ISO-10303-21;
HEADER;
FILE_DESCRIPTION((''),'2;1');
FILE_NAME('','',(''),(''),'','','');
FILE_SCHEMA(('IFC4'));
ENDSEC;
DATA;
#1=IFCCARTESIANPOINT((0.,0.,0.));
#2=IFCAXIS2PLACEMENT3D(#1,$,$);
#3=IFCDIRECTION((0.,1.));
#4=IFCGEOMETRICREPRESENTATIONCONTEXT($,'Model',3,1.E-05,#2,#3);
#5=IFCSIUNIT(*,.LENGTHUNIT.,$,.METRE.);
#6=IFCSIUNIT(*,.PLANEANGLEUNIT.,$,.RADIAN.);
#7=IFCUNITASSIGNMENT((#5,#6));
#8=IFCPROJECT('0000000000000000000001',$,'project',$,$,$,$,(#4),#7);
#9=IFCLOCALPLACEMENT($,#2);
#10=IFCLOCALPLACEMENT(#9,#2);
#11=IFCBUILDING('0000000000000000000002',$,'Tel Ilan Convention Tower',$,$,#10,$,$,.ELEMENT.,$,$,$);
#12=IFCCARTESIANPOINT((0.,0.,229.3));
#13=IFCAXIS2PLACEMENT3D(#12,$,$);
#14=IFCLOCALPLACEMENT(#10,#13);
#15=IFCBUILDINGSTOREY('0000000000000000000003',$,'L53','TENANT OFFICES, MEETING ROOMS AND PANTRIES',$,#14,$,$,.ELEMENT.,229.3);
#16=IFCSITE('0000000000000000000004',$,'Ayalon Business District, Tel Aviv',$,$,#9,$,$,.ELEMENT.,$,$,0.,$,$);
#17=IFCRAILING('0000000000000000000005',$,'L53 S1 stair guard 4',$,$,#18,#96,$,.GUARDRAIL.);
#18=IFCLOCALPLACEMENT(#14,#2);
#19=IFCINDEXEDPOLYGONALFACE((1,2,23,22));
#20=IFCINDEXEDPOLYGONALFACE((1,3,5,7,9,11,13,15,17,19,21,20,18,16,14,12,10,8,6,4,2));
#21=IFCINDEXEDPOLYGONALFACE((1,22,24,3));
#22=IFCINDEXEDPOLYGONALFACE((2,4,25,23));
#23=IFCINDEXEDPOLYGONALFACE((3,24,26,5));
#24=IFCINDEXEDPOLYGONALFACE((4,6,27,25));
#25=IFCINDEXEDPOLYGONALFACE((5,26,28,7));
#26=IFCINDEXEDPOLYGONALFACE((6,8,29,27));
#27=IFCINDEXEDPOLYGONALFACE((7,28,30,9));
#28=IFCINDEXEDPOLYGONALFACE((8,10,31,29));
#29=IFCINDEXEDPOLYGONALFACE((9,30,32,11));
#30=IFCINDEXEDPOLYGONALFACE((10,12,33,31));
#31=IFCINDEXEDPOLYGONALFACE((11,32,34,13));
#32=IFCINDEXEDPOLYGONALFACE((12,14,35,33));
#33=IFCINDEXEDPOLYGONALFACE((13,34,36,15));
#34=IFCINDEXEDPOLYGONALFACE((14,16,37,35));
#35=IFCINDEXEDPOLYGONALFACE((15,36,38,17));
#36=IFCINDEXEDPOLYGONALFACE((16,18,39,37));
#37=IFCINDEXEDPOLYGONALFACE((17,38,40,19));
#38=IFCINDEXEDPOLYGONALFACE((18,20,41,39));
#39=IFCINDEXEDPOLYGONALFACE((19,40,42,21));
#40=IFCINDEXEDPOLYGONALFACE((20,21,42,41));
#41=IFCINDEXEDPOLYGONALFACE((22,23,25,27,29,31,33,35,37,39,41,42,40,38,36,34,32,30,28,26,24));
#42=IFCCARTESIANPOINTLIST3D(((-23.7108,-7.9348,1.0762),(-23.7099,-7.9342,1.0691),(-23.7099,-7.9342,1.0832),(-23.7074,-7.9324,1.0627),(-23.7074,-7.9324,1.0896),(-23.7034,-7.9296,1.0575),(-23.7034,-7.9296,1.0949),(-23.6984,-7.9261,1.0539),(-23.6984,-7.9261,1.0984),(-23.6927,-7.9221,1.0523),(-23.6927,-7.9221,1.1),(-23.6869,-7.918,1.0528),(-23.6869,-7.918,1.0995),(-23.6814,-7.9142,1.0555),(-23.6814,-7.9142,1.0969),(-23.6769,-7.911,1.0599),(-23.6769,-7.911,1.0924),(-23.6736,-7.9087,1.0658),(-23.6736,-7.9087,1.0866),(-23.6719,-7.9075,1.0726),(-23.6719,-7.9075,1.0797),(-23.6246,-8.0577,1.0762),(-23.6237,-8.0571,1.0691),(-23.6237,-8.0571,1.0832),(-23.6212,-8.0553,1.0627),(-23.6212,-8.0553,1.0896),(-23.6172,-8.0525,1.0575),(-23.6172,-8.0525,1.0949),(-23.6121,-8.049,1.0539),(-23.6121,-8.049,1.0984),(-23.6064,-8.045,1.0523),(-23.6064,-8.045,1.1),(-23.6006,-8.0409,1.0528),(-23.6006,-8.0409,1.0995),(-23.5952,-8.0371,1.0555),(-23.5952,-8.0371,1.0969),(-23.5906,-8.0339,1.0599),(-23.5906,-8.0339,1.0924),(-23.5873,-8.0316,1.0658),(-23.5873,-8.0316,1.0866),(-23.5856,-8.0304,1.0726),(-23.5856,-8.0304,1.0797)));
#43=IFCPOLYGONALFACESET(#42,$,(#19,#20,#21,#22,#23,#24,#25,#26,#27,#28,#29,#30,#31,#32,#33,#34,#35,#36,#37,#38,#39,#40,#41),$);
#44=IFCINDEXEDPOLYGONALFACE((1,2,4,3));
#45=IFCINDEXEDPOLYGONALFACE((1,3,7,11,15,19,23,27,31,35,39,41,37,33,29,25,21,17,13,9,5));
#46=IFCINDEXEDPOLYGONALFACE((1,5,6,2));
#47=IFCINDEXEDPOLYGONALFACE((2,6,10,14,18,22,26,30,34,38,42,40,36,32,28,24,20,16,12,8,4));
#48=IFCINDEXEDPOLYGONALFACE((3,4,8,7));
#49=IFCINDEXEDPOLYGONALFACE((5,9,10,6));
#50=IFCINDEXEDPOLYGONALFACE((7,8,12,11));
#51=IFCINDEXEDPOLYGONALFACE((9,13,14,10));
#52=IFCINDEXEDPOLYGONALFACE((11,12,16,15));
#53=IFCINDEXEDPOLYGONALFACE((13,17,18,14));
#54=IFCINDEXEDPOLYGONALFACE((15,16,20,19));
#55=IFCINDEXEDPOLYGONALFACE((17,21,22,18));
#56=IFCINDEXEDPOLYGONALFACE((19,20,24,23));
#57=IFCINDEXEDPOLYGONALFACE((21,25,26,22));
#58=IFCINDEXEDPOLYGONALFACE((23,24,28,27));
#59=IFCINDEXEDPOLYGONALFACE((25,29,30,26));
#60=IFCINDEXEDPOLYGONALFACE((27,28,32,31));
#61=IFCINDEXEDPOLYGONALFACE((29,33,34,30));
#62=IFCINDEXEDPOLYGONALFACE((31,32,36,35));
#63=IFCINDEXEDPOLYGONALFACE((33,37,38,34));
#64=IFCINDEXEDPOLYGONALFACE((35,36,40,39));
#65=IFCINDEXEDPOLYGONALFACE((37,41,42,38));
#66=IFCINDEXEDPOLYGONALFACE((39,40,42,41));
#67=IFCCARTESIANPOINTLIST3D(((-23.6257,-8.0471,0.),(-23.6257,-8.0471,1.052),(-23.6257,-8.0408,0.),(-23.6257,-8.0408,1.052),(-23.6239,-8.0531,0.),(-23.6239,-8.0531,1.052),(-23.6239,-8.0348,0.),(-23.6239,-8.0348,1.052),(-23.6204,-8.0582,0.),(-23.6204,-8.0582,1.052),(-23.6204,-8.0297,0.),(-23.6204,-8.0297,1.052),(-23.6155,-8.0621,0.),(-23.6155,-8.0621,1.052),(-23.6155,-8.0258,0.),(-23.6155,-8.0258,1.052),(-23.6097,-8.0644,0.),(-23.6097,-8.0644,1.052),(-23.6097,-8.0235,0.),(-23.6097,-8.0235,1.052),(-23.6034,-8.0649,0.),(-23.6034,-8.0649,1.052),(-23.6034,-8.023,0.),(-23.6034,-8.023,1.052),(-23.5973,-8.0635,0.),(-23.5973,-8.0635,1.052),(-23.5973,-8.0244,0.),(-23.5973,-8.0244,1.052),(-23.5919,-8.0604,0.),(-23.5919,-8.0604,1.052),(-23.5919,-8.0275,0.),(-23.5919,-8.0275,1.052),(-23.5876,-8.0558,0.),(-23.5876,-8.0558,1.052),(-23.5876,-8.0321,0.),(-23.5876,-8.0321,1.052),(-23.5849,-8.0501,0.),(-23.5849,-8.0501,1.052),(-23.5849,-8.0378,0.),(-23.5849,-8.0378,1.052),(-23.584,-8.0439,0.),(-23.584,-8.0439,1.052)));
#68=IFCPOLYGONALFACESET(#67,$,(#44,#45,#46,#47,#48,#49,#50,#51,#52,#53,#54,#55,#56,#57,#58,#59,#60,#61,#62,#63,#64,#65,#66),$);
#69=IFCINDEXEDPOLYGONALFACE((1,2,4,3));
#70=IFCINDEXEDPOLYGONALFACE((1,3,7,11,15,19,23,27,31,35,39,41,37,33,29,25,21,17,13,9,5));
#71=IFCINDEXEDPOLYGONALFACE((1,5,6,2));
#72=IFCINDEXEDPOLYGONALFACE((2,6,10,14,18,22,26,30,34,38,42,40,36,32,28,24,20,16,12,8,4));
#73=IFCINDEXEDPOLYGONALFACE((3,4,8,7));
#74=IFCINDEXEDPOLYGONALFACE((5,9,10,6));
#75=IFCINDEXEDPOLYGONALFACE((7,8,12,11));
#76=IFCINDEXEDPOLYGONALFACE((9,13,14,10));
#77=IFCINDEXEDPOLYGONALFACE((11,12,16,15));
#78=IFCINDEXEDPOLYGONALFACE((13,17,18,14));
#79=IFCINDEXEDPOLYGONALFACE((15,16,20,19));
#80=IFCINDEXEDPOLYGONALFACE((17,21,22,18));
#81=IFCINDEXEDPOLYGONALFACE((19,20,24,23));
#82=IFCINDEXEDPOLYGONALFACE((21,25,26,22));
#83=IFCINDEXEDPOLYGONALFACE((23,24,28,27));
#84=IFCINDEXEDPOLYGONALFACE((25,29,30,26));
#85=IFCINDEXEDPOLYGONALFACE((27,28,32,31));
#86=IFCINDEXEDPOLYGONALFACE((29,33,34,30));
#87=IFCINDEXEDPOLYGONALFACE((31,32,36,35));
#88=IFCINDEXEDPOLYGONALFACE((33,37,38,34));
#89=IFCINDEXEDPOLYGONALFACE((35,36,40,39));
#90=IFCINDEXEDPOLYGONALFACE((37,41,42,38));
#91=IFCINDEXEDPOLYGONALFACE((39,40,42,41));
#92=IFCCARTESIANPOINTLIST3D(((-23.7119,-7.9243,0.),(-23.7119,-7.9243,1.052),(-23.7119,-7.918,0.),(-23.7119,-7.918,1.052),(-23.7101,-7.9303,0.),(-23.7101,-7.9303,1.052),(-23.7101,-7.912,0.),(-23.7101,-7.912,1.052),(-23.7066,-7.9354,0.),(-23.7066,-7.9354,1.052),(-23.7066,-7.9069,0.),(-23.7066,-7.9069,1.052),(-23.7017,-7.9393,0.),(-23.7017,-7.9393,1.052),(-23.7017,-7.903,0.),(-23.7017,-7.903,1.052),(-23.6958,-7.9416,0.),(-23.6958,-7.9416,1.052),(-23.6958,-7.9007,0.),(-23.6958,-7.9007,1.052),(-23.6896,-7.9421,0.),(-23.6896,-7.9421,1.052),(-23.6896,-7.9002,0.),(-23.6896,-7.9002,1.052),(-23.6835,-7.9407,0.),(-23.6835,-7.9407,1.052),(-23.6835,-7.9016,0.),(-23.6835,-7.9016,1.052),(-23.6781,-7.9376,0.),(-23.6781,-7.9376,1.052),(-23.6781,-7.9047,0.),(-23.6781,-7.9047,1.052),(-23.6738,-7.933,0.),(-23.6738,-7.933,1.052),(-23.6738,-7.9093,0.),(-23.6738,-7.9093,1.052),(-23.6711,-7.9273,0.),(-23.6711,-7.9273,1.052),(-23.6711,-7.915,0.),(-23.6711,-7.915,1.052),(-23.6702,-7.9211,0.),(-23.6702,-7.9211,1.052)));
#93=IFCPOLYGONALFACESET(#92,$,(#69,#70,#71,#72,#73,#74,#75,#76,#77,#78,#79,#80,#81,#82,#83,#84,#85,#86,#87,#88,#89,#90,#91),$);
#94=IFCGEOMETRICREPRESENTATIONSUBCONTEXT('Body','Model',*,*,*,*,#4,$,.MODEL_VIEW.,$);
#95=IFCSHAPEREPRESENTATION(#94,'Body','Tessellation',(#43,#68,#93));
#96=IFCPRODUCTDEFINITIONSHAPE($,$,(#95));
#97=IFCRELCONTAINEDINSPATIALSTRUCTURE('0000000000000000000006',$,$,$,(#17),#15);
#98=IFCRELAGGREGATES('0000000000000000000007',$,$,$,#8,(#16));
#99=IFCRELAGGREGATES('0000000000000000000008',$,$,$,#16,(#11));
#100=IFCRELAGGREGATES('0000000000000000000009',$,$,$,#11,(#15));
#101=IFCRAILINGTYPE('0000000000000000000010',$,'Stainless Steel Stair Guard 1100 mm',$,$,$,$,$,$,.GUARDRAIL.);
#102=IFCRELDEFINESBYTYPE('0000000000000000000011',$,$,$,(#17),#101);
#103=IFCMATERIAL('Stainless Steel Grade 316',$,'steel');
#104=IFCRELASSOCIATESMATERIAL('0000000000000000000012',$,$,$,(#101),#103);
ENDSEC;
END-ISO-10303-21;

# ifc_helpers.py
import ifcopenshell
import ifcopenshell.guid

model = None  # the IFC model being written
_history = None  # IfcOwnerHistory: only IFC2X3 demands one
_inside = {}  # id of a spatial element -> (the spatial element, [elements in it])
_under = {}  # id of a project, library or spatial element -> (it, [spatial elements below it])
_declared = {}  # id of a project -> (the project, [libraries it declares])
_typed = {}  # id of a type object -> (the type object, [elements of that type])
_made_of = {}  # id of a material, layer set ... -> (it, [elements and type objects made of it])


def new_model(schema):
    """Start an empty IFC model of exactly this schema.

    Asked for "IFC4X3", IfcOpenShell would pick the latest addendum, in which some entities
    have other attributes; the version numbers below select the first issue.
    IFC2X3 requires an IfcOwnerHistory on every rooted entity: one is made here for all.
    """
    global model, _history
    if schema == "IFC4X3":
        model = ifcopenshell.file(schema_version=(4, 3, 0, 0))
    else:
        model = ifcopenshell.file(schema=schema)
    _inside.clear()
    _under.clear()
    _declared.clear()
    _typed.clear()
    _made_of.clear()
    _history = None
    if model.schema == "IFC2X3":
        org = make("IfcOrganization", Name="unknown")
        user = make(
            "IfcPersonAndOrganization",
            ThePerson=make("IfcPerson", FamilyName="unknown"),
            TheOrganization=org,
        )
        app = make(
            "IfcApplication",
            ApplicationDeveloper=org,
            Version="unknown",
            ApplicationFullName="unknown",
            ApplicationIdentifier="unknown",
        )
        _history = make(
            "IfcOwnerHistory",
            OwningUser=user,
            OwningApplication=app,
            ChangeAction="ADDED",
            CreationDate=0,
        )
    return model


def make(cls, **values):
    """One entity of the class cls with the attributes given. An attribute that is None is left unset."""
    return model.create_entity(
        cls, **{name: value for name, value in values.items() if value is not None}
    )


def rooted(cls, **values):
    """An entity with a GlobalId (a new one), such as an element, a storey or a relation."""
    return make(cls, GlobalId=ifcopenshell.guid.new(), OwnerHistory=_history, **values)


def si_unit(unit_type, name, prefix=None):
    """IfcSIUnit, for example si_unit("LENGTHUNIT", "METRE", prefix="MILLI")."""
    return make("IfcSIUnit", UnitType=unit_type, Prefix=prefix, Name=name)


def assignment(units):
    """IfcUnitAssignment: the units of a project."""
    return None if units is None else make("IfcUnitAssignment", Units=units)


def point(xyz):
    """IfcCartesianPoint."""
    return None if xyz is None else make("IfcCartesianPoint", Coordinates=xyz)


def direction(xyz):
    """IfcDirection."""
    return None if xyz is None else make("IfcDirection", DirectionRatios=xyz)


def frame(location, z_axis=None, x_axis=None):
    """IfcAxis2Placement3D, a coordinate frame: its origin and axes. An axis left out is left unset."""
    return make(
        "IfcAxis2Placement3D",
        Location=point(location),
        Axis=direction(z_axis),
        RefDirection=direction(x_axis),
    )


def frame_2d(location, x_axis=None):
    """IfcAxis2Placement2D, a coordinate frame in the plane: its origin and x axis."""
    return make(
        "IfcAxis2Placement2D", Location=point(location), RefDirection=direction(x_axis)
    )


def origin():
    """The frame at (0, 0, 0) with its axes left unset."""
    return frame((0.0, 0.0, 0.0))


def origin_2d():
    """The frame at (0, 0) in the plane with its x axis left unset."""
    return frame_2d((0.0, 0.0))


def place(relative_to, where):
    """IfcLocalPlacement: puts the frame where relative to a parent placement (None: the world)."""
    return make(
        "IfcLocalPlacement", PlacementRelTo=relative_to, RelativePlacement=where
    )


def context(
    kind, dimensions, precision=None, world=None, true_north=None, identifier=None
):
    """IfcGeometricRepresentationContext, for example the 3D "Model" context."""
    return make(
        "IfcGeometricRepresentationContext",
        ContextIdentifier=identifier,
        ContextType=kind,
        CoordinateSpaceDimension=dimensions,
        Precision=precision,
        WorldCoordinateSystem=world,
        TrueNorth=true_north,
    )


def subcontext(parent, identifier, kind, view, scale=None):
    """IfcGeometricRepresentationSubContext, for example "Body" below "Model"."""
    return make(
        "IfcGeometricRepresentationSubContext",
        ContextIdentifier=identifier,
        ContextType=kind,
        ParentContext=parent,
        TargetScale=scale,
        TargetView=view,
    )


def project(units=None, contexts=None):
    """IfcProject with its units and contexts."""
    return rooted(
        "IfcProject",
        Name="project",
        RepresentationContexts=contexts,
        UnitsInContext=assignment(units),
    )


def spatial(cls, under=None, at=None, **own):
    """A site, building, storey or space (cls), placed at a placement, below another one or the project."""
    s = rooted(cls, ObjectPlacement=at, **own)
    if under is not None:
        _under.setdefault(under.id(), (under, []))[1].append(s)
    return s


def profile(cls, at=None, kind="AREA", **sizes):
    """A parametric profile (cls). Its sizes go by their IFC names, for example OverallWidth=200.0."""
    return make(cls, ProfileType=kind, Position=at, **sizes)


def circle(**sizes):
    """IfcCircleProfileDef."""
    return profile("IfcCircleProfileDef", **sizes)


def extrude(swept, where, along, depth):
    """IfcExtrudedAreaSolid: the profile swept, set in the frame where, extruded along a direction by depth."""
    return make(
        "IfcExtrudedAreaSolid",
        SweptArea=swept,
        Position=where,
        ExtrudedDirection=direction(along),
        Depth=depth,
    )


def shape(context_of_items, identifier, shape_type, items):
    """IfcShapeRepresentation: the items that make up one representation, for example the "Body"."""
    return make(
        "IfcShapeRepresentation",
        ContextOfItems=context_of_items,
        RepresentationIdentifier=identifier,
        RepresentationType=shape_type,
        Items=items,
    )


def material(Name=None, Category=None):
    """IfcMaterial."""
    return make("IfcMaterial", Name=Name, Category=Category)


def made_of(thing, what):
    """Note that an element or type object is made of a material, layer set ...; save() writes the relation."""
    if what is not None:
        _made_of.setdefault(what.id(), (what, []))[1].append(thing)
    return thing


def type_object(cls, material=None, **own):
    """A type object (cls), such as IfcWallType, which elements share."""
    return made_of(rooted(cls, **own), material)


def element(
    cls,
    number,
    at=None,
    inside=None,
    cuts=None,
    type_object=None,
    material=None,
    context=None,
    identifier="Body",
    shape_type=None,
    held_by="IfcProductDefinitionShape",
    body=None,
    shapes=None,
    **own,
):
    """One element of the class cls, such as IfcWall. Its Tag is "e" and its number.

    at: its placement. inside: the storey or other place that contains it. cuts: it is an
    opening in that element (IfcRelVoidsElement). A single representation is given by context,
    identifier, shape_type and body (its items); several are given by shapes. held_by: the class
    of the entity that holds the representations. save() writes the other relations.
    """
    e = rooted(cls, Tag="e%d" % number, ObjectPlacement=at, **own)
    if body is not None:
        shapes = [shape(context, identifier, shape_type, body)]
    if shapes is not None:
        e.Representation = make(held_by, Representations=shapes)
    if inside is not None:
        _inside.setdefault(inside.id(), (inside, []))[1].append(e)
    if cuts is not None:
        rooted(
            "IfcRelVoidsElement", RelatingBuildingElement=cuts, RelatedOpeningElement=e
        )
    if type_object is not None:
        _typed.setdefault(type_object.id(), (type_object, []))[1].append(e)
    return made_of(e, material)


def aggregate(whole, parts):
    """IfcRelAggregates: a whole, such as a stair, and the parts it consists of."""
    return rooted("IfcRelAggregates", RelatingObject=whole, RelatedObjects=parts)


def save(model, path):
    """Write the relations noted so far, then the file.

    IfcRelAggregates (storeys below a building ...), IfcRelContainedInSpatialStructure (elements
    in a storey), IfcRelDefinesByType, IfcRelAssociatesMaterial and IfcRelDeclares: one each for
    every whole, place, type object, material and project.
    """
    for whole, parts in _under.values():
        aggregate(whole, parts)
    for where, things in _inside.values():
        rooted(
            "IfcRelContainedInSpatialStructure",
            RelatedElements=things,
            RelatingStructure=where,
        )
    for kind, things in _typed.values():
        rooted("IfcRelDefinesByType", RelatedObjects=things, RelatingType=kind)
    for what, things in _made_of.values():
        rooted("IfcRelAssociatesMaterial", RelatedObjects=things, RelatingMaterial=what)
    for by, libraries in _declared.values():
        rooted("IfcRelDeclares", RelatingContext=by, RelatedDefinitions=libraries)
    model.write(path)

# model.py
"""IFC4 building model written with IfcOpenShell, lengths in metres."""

from ifc_helpers import new_model, si_unit, direction, frame, origin, origin_2d, place, context, subcontext, project, spatial, circle, extrude, material, type_object, element, save


model = new_model("IFC4")

# Units and contexts
model_context = context("Model", 3, precision=1e-05, world=origin(), true_north=direction((0.0, 1.0)))
body_context = subcontext(model_context, "Body", "Model", "MODEL_VIEW")
ifc_project = project(units=[si_unit("LENGTHUNIT", "METRE"), si_unit("PLANEANGLEUNIT", "RADIAN")], contexts=[model_context])

# Site, building, storey
site_placement = place(None, origin())
site = spatial("IfcSite", under=ifc_project, at=site_placement, Name="Ayalon Business District, Tel Aviv", CompositionType="ELEMENT", RefElevation=0.0)
building_placement = place(site_placement, origin())
building = spatial("IfcBuilding", under=site, at=building_placement, Name="Tel Ilan Convention Tower", CompositionType="ELEMENT")
storey_placement = place(building_placement, frame((0.0, 0.0, 229.3)))
storey = spatial("IfcBuildingStorey", under=building, at=storey_placement, Name="L53", Description="TENANT OFFICES, MEETING ROOMS AND PANTRIES", CompositionType="ELEMENT", Elevation=229.3)

# Railing
ifc_material_1 = material(Name="Stainless Steel Grade 316", Category="steel")
railing_type = type_object("IfcRailingType", Name="Stainless Steel Stair Guard 1100 mm", PredefinedType="GUARDRAIL", material=ifc_material_1)
railing_1_placement = place(storey_placement, frame((-23.605, -8.0439, 0.0)))
element("IfcRailing", 1, at=railing_1_placement, inside=storey, type_object=railing_type, Name="L53 S1 stair guard 4", PredefinedType="GUARDRAIL", context=body_context, shape_type="SweptSolid", body=[
    extrude(circle(Radius=0.0239, at=origin_2d()), frame((0.0, 0.0, 1.0762), z_axis=(-0.574445, 0.818543, 0.0), x_axis=(-0.818543, -0.574445, 0.0)), (0.0, 0.0, 1.0), 0.1501),
    extrude(circle(Radius=0.021, at=origin_2d()), origin(), (0.0, 0.0, 1.0), 1.052),
    extrude(circle(Radius=0.021, at=origin_2d()), frame((-0.0862, 0.1228, 0.0)), (0.0, 0.0, 1.0), 1.052),
])

save(model, "model.ifc")
